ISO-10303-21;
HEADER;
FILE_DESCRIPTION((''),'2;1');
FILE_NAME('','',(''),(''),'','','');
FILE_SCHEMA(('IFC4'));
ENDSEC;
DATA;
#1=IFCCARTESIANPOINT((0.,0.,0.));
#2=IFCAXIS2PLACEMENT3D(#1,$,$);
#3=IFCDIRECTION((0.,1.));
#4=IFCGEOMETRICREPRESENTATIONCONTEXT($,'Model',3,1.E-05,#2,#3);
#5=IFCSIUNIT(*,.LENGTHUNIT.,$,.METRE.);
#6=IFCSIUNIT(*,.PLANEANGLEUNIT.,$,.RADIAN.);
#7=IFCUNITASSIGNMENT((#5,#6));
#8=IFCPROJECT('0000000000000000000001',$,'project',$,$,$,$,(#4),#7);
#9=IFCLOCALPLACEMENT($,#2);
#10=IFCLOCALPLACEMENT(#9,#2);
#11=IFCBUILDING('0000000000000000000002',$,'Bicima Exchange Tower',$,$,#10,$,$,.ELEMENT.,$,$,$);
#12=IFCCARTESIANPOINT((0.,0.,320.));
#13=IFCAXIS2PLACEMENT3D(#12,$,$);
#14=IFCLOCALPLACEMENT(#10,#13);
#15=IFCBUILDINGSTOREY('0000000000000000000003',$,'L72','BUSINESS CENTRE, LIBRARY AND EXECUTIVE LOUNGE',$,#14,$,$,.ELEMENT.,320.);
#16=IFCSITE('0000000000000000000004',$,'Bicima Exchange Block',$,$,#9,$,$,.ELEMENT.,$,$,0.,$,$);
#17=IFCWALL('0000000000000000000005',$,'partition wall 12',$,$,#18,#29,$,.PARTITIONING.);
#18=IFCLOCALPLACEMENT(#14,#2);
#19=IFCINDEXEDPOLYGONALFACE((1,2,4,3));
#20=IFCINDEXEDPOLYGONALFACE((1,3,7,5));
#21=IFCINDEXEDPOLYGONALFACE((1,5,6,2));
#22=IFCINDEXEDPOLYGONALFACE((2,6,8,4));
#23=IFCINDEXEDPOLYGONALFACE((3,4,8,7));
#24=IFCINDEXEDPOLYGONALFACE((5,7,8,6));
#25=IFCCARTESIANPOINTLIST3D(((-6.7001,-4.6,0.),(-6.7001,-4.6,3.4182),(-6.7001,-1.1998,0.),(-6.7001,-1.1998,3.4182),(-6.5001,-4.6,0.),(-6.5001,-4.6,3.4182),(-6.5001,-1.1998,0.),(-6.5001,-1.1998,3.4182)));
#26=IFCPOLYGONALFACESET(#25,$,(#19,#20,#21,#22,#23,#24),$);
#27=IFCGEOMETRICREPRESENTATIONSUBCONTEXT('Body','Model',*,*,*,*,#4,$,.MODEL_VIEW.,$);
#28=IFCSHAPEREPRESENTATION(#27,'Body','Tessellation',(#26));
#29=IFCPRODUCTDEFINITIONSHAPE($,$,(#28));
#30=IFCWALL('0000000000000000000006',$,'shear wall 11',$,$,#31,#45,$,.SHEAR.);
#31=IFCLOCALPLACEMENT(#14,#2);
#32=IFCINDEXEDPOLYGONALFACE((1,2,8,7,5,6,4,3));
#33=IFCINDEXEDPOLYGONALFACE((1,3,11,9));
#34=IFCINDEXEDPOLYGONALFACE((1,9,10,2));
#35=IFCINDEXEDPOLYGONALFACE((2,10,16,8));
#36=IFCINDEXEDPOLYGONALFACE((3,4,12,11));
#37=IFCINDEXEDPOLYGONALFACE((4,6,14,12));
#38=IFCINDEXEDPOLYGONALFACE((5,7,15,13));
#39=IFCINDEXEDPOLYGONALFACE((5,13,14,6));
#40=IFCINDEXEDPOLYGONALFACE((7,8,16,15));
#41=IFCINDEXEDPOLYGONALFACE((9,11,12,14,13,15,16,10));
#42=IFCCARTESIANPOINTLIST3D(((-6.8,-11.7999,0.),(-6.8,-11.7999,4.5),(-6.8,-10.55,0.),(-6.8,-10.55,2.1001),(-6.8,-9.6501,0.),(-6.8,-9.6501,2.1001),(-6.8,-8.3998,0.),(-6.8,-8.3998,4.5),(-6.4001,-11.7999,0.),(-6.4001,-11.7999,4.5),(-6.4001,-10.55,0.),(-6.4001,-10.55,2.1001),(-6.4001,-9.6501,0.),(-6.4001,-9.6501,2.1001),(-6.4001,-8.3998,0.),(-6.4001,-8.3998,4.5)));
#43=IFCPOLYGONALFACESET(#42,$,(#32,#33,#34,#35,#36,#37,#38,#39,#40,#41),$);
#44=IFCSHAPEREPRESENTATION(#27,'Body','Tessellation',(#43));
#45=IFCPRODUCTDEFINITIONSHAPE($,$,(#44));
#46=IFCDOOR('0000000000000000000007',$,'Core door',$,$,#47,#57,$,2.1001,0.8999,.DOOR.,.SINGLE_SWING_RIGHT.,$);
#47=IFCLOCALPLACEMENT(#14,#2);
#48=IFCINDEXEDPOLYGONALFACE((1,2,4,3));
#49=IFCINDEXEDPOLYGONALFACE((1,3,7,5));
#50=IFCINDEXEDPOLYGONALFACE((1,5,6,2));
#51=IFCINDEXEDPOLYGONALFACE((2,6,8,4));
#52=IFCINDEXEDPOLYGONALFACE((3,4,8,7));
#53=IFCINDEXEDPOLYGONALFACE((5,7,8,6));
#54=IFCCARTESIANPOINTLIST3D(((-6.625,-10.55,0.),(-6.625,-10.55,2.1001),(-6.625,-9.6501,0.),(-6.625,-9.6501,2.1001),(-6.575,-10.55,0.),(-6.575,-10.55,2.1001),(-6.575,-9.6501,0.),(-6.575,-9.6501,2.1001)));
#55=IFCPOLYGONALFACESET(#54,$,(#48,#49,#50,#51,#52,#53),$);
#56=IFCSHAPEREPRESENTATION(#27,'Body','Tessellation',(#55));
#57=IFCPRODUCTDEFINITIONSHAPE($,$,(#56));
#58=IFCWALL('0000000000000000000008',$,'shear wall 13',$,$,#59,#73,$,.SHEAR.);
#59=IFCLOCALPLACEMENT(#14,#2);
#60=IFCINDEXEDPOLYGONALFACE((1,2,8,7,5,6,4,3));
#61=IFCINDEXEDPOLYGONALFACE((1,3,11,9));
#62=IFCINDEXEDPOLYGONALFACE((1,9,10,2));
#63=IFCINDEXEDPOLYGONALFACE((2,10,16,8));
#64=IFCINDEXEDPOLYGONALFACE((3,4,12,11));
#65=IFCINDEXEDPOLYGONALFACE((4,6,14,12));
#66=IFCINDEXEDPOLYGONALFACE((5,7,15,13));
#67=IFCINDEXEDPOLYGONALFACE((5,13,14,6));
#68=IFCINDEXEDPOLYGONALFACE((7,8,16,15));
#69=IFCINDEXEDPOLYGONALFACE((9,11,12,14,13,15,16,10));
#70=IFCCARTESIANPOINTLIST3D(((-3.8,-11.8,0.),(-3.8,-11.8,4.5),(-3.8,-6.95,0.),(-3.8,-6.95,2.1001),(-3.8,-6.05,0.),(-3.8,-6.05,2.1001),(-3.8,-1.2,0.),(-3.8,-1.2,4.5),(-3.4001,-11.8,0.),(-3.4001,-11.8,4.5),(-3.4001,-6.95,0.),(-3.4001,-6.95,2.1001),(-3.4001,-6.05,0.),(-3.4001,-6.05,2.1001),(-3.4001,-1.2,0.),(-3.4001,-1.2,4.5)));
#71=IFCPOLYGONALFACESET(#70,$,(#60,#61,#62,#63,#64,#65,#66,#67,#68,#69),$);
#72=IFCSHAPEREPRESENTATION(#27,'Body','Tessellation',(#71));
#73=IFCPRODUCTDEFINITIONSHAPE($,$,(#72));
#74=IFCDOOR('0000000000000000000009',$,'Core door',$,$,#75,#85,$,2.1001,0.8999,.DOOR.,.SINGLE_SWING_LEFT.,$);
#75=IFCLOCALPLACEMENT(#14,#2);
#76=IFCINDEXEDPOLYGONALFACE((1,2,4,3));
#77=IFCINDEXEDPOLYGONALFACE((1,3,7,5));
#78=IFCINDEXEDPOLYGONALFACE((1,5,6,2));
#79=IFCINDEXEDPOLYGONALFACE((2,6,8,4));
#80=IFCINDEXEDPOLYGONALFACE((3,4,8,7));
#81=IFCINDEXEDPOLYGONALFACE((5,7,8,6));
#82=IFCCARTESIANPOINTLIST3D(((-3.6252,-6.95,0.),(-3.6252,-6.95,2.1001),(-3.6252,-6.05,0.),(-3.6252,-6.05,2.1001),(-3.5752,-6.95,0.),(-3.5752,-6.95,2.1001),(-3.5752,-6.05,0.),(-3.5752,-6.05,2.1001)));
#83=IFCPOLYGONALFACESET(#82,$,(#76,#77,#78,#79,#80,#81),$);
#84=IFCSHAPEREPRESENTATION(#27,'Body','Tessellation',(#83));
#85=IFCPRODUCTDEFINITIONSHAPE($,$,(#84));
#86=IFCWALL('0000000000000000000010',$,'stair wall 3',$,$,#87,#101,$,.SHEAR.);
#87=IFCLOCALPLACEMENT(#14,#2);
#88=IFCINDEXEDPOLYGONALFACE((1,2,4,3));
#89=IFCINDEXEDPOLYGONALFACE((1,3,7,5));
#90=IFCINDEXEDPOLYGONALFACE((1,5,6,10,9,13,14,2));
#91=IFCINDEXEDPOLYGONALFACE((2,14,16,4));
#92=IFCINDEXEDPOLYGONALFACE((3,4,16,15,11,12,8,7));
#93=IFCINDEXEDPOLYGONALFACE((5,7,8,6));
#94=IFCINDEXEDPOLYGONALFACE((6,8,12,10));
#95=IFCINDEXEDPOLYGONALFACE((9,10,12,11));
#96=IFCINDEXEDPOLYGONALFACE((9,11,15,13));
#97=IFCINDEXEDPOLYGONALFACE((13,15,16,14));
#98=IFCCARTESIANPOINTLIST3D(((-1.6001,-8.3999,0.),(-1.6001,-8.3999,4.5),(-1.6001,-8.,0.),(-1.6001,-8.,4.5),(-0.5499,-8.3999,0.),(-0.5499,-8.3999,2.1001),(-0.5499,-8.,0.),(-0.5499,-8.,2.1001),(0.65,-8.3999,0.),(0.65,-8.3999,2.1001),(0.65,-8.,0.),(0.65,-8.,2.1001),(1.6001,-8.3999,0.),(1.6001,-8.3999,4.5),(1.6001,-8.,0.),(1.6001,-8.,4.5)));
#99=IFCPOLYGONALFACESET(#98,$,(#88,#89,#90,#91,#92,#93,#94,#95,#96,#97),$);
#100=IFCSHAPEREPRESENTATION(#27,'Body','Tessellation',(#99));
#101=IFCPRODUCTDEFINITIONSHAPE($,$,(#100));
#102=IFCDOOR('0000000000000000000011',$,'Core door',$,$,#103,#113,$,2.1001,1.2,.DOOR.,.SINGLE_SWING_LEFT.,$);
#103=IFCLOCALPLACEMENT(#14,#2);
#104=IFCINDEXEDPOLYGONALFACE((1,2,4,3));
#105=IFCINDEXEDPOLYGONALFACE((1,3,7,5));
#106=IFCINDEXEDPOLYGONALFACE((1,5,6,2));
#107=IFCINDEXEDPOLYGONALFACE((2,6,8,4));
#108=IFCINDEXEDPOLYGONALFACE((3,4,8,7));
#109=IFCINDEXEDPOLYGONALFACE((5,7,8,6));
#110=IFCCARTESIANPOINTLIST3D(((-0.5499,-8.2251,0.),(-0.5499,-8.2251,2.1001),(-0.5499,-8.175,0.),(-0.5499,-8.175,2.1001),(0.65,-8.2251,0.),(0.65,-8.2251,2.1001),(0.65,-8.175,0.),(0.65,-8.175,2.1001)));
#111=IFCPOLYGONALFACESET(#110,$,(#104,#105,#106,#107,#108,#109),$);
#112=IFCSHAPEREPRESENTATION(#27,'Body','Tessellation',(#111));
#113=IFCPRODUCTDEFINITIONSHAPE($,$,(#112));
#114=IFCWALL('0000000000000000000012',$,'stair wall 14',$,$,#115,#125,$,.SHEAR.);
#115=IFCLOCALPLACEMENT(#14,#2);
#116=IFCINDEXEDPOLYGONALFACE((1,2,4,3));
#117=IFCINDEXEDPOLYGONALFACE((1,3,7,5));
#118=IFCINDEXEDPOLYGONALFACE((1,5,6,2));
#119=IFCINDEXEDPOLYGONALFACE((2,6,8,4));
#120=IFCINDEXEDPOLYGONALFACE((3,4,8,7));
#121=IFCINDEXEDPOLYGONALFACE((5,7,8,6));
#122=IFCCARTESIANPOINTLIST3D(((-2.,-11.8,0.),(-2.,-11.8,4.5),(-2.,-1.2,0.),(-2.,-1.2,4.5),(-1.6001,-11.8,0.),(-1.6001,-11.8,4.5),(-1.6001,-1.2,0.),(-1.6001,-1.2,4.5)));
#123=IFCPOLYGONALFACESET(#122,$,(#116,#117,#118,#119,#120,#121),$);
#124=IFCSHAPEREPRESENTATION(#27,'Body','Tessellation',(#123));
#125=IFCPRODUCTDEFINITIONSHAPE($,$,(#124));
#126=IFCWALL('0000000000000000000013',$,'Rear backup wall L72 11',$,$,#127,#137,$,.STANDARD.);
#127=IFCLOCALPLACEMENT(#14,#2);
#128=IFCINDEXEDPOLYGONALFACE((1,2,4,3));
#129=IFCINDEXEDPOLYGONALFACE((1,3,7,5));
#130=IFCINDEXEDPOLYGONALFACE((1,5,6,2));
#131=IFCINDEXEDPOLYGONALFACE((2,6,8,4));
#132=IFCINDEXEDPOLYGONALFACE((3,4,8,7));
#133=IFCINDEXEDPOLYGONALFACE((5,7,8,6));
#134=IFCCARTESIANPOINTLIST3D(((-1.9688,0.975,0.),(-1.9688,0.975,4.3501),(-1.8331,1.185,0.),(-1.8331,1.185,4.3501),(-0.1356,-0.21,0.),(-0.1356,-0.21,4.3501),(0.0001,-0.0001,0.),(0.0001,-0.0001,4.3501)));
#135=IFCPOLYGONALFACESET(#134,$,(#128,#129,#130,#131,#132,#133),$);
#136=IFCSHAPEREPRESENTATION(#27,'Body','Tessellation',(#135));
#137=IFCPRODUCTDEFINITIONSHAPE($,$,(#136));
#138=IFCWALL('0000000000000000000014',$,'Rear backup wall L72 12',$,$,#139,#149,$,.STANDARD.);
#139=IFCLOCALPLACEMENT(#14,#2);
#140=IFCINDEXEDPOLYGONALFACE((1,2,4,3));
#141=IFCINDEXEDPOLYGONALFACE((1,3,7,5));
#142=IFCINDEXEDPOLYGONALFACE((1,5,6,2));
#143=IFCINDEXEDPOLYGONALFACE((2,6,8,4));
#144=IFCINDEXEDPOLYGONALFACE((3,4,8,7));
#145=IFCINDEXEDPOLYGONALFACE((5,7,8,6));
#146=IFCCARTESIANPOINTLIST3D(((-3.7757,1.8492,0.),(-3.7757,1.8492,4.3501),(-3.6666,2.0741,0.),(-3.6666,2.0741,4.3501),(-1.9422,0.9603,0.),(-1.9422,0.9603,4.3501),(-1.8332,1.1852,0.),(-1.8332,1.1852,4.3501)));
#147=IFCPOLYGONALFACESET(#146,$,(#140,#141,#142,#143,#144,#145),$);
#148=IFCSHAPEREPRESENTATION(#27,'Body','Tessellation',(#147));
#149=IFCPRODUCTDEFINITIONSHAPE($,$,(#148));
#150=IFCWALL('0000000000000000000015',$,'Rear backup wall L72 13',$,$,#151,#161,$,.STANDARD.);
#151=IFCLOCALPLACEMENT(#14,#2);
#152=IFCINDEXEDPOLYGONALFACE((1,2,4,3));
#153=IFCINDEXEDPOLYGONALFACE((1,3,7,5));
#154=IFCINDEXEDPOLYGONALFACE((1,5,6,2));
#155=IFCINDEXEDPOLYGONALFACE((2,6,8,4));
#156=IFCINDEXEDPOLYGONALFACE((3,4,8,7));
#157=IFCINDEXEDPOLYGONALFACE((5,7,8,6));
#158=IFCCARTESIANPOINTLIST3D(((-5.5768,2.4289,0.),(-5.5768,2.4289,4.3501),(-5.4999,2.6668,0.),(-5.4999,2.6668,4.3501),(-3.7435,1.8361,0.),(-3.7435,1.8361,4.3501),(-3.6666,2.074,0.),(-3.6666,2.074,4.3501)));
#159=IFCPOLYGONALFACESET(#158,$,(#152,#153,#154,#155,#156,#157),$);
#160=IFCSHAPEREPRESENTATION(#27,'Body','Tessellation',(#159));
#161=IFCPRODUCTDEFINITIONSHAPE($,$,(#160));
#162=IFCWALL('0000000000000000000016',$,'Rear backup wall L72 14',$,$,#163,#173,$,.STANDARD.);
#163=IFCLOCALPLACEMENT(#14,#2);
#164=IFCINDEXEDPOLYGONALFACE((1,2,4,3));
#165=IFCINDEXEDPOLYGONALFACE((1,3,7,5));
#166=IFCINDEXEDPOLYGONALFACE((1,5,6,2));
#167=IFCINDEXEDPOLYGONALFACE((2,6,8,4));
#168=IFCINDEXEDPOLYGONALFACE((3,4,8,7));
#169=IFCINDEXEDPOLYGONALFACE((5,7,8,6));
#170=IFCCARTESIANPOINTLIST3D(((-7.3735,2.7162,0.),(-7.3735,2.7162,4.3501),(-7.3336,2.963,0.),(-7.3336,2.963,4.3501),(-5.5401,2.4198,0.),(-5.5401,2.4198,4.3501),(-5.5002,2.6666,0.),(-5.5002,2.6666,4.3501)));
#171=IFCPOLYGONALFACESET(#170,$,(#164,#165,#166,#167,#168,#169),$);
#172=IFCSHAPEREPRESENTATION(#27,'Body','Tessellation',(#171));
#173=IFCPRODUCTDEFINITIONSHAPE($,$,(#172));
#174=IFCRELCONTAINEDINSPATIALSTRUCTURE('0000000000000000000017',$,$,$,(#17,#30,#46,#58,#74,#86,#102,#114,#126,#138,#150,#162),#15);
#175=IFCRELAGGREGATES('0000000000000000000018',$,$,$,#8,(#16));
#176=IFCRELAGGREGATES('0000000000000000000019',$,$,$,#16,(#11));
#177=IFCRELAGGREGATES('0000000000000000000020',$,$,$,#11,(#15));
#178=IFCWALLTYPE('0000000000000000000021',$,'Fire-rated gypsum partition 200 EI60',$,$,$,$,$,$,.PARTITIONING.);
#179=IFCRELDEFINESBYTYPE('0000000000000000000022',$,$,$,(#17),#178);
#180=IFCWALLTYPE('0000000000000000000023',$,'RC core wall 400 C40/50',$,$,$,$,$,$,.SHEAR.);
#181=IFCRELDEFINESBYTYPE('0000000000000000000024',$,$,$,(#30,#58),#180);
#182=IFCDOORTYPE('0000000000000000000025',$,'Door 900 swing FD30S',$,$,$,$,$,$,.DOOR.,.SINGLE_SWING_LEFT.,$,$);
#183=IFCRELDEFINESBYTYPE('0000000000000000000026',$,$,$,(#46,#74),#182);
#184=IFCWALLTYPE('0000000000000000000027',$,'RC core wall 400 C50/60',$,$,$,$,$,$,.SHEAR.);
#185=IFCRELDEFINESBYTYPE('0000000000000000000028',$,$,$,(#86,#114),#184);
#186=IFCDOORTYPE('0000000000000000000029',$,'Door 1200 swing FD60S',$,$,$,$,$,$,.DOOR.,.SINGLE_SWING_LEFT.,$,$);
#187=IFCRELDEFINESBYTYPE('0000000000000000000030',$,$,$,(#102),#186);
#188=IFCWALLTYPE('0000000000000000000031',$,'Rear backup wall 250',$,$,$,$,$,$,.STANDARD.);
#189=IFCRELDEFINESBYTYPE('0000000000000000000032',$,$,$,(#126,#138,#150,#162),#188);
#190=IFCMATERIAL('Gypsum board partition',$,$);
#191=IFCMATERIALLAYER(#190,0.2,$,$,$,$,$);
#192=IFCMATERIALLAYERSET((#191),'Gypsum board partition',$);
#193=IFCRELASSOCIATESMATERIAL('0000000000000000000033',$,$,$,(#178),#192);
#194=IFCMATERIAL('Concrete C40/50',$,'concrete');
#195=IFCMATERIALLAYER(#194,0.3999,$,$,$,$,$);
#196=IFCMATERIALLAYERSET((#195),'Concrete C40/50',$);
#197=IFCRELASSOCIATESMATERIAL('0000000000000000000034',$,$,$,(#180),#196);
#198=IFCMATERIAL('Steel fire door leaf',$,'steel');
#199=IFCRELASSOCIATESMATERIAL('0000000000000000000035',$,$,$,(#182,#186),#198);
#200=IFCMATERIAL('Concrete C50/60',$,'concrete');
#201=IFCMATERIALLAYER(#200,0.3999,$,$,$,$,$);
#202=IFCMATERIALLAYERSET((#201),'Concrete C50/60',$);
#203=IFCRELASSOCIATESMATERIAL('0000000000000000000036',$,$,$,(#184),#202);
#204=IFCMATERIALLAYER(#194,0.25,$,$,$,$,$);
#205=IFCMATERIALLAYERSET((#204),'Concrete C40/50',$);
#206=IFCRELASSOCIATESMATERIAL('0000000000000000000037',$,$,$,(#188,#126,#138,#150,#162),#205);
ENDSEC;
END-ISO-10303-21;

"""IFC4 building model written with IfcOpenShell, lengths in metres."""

from ifc_helpers import new_model, si_unit, direction, frame, frame_2d, origin, place, context, subcontext, project, spatial, rectangle, extrude, material, layer, layer_set, layer_usage, type_object, element, fill, save


model = new_model("IFC4")

# Units and contexts
model_context = context("Model", 3, precision=1e-05, world=origin(), true_north=direction((0.0, 1.0)))
body_context = subcontext(model_context, "Body", "Model", "MODEL_VIEW")
ifc_project = project(units=[si_unit("LENGTHUNIT", "METRE"), si_unit("PLANEANGLEUNIT", "RADIAN")], contexts=[model_context])

# Site, building, storey
site_placement = place(None, origin())
site = spatial("IfcSite", under=ifc_project, at=site_placement, Name="Bicima Exchange Block", CompositionType="ELEMENT", RefElevation=0.0)
building_placement = place(site_placement, origin())
building = spatial("IfcBuilding", under=site, at=building_placement, Name="Bicima Exchange Tower", CompositionType="ELEMENT")
storey_placement = place(building_placement, frame((0.0, 0.0, 320.0)))
storey = spatial("IfcBuildingStorey", under=building, at=storey_placement, Name="L72", Description="BUSINESS CENTRE, LIBRARY AND EXECUTIVE LOUNGE", CompositionType="ELEMENT", Elevation=320.0)

# Shared definitions
ifc_material_1 = material(Name="Concrete C40/50", Category="concrete")

# Wall
ifc_material_2 = material(Name="Gypsum board partition")
ifc_layer_1 = layer(ifc_material_2, 0.2)
ifc_layer_set_1 = layer_set([ifc_layer_1], Name="Gypsum board partition")
wall_type_1 = type_object("IfcWallType", Name="Fire-rated gypsum partition 200 EI60", PredefinedType="PARTITIONING", material=ifc_layer_set_1)
wall_1_placement = place(storey_placement, frame((-6.6001, -4.6001, 0.0), z_axis=(0.0, 0.0, 1.0), x_axis=(0.0, 1.0, 0.0)))
element("IfcWall", 1, at=wall_1_placement, inside=storey, type_object=wall_type_1, Name="partition wall 12", PredefinedType="PARTITIONING", context=body_context, shape_type="SweptSolid", body=[
    extrude(rectangle(XDim=3.4001, YDim=0.2, at=frame_2d((1.7002, 0.0))), origin(), (0.0, 0.0, 1.0), 3.4182),
])

# Walls, openings, doors
ifc_layer_2 = layer(ifc_material_1, 0.3999)
ifc_layer_set_2 = layer_set([ifc_layer_2], Name="Concrete C40/50")
wall_type_2 = type_object("IfcWallType", Name="RC core wall 400 C40/50", PredefinedType="SHEAR", material=ifc_layer_set_2)
wall_2_placement = place(storey_placement, frame((-6.6001, -11.8, 0.0), z_axis=(0.0, 0.0, 1.0), x_axis=(0.0, 1.0, 0.0)))
wall_2 = element("IfcWall", 2, at=wall_2_placement, inside=storey, type_object=wall_type_2, Name="shear wall 11", PredefinedType="SHEAR", context=body_context, shape_type="SweptSolid", body=[
    extrude(rectangle(XDim=3.4001, YDim=0.3999, at=frame_2d((1.7002, 0.0))), origin(), (0.0, 0.0, 1.0), 4.5),
])
opening_1_placement = place(wall_2_placement, frame((1.25, 0.0, 0.0)))
opening_1 = element("IfcOpeningElement", 3, at=opening_1_placement, cuts=wall_2, PredefinedType="OPENING", context=body_context, shape_type="SweptSolid", body=[
    extrude(rectangle(XDim=0.8999, YDim=2.1001, at=frame_2d((0.45, 1.05))), frame((0.0, 0.2119, 0.0), z_axis=(0.0, -1.0, 0.0), x_axis=(1.0, 0.0, 0.0)), (0.0, 0.0, 1.0), 0.4238),
])
ifc_material_3 = material(Name="Steel fire door leaf", Category="steel")
door_type_1 = type_object("IfcDoorType", Name="Door 900 swing FD30S", OperationType="SINGLE_SWING_LEFT", PredefinedType="DOOR", material=ifc_material_3)
door_1_placement = place(opening_1_placement, origin())
door_1 = element("IfcDoor", 4, at=door_1_placement, inside=storey, type_object=door_type_1, Name="Core door", OperationType="SINGLE_SWING_RIGHT", OverallHeight=2.1001, OverallWidth=0.8999, PredefinedType="DOOR", context=body_context, shape_type="SweptSolid", body=[
    extrude(rectangle(XDim=0.8999, YDim=2.1001, at=frame_2d((0.45, 1.05))), frame((0.0, 0.0249, 0.0), z_axis=(0.0, -1.0, 0.0), x_axis=(1.0, 0.0, 0.0)), (0.0, 0.0, 1.0), 0.05),
])
fill(opening_1, door_1)
wall_3_placement = place(storey_placement, frame((-3.6001, -11.8, 0.0), z_axis=(0.0, 0.0, 1.0), x_axis=(0.0, 1.0, 0.0)))
wall_3 = element("IfcWall", 5, at=wall_3_placement, inside=storey, type_object=wall_type_2, Name="shear wall 13", PredefinedType="SHEAR", context=body_context, shape_type="SweptSolid", body=[
    extrude(rectangle(XDim=10.6001, YDim=0.3999, at=frame_2d((5.3, 0.0))), origin(), (0.0, 0.0, 1.0), 4.5),
])
opening_2_placement = place(wall_3_placement, frame((4.8501, 0.0, 0.0)))
opening_2 = element("IfcOpeningElement", 6, at=opening_2_placement, cuts=wall_3, PredefinedType="OPENING", context=body_context, shape_type="SweptSolid", body=[
    extrude(rectangle(XDim=0.8999, YDim=2.1001, at=frame_2d((0.45, 1.05))), frame((0.0, 0.2119, 0.0), z_axis=(0.0, -1.0, 0.0), x_axis=(1.0, 0.0, 0.0)), (0.0, 0.0, 1.0), 0.4238),
])
door_2_placement = place(opening_2_placement, frame((0.8999, 0.0, 0.0), z_axis=(0.0, 0.0, 1.0), x_axis=(-1.0, 0.0, 0.0)))
door_2 = element("IfcDoor", 7, at=door_2_placement, inside=storey, type_object=door_type_1, Name="Core door", OperationType="SINGLE_SWING_LEFT", OverallHeight=2.1001, OverallWidth=0.8999, PredefinedType="DOOR", context=body_context, shape_type="SweptSolid", body=[
    extrude(rectangle(XDim=0.8999, YDim=2.1001, at=frame_2d((0.45, 1.05))), frame((0.0, 0.0249, 0.0), z_axis=(0.0, -1.0, 0.0), x_axis=(1.0, 0.0, 0.0)), (0.0, 0.0, 1.0), 0.05),
])
fill(opening_2, door_2)
ifc_material_4 = material(Name="Concrete C50/60", Category="concrete")
ifc_layer_3 = layer(ifc_material_4, 0.3999)
ifc_layer_set_3 = layer_set([ifc_layer_3], Name="Concrete C50/60")
wall_type_3 = type_object("IfcWallType", Name="RC core wall 400 C50/60", PredefinedType="SHEAR", material=ifc_layer_set_3)
wall_4_placement = place(storey_placement, frame((-1.6001, -8.2, 0.0), z_axis=(0.0, 0.0, 1.0), x_axis=(1.0, 0.0, 0.0)))
wall_4 = element("IfcWall", 8, at=wall_4_placement, inside=storey, type_object=wall_type_3, Name="stair wall 3", PredefinedType="SHEAR", context=body_context, shape_type="SweptSolid", body=[
    extrude(rectangle(XDim=3.2002, YDim=0.3999, at=frame_2d((1.6001, 0.0))), origin(), (0.0, 0.0, 1.0), 4.5),
])
opening_3_placement = place(wall_4_placement, frame((1.05, 0.0, 0.0)))
opening_3 = element("IfcOpeningElement", 9, at=opening_3_placement, cuts=wall_4, PredefinedType="OPENING", context=body_context, shape_type="SweptSolid", body=[
    extrude(rectangle(XDim=1.2, YDim=2.1001, at=frame_2d((0.6001, 1.05))), frame((0.0, 0.2119, 0.0), z_axis=(0.0, -1.0, 0.0), x_axis=(1.0, 0.0, 0.0)), (0.0, 0.0, 1.0), 0.4238),
])
door_type_2 = type_object("IfcDoorType", Name="Door 1200 swing FD60S", OperationType="SINGLE_SWING_LEFT", PredefinedType="DOOR", material=ifc_material_3)
door_3_placement = place(opening_3_placement, origin())
door_3 = element("IfcDoor", 10, at=door_3_placement, inside=storey, type_object=door_type_2, Name="Core door", OperationType="SINGLE_SWING_LEFT", OverallHeight=2.1001, OverallWidth=1.2, PredefinedType="DOOR", context=body_context, shape_type="SweptSolid", body=[
    extrude(rectangle(XDim=1.2, YDim=2.1001, at=frame_2d((0.6001, 1.05))), frame((0.0, 0.0249, 0.0), z_axis=(0.0, -1.0, 0.0), x_axis=(1.0, 0.0, 0.0)), (0.0, 0.0, 1.0), 0.05),
])
fill(opening_3, door_3)

# Walls
wall_5_placement = place(storey_placement, frame((-1.8, -11.8, 0.0), z_axis=(0.0, 0.0, 1.0), x_axis=(0.0, 1.0, 0.0)))
element("IfcWall", 11, at=wall_5_placement, inside=storey, type_object=wall_type_3, Name="stair wall 14", PredefinedType="SHEAR", context=body_context, shape_type="SweptSolid", body=[
    extrude(rectangle(XDim=10.6001, YDim=0.3999, at=frame_2d((5.3, 0.0))), origin(), (0.0, 0.0, 1.0), 4.5),
])
ifc_layer_4 = layer(ifc_material_1, 0.25)
ifc_layer_set_4 = layer_set([ifc_layer_4], Name="Concrete C40/50")
ifc_layer_usage = layer_usage(ifc_layer_set_4, "AXIS2", "POSITIVE", -0.125)
wall_type_4 = type_object("IfcWallType", Name="Rear backup wall 250", PredefinedType="STANDARD", material=ifc_layer_set_4)
wall_6_placement = place(storey_placement, frame((-0.0679, -0.105, 0.0), z_axis=(0.0, 0.0, 1.0), x_axis=(-0.839813, 0.542876, 0.0)))
element("IfcWall", 12, at=wall_6_placement, inside=storey, type_object=wall_type_4, material=ifc_layer_usage, Name="Rear backup wall L72 11", PredefinedType="STANDARD", context=body_context, shape_type="SweptSolid", body=[
    extrude(rectangle(XDim=2.1829, YDim=0.25, at=frame_2d((1.0913, 0.0))), origin(), (0.0, 0.0, 1.0), 4.3501),
])
wall_7_placement = place(storey_placement, frame((-1.8877, 1.0728, 0.0), z_axis=(0.0, 0.0, 1.0), x_axis=(-0.899824, 0.436253, 0.0)))
element("IfcWall", 13, at=wall_7_placement, inside=storey, type_object=wall_type_4, material=ifc_layer_usage, Name="Rear backup wall L72 12", PredefinedType="STANDARD", context=body_context, shape_type="SweptSolid", body=[
    extrude(rectangle(XDim=2.0376, YDim=0.25, at=frame_2d((1.0188, 0.0))), origin(), (0.0, 0.0, 1.0), 4.3501),
])
wall_8_placement = place(storey_placement, frame((-3.7051, 1.9551, 0.0), z_axis=(0.0, 0.0, 1.0), x_axis=(-0.951496, 0.307662, 0.0)))
element("IfcWall", 14, at=wall_8_placement, inside=storey, type_object=wall_type_4, material=ifc_layer_usage, Name="Rear backup wall L72 13", PredefinedType="STANDARD", context=body_context, shape_type="SweptSolid", body=[
    extrude(rectangle(XDim=1.9268, YDim=0.25, at=frame_2d((0.9634, 0.0))), origin(), (0.0, 0.0, 1.0), 4.3501),
])
wall_9_placement = place(storey_placement, frame((-5.52, 2.5432, 0.0), z_axis=(0.0, 0.0, 1.0), x_axis=(-0.987182, 0.1596, 0.0)))
element("IfcWall", 15, at=wall_9_placement, inside=storey, type_object=wall_type_4, material=ifc_layer_usage, Name="Rear backup wall L72 14", PredefinedType="STANDARD", context=body_context, shape_type="SweptSolid", body=[
    extrude(rectangle(XDim=1.8572, YDim=0.25, at=frame_2d((0.9287, 0.0))), origin(), (0.0, 0.0, 1.0), 4.3501),
])

save(model, "model.ifc")
